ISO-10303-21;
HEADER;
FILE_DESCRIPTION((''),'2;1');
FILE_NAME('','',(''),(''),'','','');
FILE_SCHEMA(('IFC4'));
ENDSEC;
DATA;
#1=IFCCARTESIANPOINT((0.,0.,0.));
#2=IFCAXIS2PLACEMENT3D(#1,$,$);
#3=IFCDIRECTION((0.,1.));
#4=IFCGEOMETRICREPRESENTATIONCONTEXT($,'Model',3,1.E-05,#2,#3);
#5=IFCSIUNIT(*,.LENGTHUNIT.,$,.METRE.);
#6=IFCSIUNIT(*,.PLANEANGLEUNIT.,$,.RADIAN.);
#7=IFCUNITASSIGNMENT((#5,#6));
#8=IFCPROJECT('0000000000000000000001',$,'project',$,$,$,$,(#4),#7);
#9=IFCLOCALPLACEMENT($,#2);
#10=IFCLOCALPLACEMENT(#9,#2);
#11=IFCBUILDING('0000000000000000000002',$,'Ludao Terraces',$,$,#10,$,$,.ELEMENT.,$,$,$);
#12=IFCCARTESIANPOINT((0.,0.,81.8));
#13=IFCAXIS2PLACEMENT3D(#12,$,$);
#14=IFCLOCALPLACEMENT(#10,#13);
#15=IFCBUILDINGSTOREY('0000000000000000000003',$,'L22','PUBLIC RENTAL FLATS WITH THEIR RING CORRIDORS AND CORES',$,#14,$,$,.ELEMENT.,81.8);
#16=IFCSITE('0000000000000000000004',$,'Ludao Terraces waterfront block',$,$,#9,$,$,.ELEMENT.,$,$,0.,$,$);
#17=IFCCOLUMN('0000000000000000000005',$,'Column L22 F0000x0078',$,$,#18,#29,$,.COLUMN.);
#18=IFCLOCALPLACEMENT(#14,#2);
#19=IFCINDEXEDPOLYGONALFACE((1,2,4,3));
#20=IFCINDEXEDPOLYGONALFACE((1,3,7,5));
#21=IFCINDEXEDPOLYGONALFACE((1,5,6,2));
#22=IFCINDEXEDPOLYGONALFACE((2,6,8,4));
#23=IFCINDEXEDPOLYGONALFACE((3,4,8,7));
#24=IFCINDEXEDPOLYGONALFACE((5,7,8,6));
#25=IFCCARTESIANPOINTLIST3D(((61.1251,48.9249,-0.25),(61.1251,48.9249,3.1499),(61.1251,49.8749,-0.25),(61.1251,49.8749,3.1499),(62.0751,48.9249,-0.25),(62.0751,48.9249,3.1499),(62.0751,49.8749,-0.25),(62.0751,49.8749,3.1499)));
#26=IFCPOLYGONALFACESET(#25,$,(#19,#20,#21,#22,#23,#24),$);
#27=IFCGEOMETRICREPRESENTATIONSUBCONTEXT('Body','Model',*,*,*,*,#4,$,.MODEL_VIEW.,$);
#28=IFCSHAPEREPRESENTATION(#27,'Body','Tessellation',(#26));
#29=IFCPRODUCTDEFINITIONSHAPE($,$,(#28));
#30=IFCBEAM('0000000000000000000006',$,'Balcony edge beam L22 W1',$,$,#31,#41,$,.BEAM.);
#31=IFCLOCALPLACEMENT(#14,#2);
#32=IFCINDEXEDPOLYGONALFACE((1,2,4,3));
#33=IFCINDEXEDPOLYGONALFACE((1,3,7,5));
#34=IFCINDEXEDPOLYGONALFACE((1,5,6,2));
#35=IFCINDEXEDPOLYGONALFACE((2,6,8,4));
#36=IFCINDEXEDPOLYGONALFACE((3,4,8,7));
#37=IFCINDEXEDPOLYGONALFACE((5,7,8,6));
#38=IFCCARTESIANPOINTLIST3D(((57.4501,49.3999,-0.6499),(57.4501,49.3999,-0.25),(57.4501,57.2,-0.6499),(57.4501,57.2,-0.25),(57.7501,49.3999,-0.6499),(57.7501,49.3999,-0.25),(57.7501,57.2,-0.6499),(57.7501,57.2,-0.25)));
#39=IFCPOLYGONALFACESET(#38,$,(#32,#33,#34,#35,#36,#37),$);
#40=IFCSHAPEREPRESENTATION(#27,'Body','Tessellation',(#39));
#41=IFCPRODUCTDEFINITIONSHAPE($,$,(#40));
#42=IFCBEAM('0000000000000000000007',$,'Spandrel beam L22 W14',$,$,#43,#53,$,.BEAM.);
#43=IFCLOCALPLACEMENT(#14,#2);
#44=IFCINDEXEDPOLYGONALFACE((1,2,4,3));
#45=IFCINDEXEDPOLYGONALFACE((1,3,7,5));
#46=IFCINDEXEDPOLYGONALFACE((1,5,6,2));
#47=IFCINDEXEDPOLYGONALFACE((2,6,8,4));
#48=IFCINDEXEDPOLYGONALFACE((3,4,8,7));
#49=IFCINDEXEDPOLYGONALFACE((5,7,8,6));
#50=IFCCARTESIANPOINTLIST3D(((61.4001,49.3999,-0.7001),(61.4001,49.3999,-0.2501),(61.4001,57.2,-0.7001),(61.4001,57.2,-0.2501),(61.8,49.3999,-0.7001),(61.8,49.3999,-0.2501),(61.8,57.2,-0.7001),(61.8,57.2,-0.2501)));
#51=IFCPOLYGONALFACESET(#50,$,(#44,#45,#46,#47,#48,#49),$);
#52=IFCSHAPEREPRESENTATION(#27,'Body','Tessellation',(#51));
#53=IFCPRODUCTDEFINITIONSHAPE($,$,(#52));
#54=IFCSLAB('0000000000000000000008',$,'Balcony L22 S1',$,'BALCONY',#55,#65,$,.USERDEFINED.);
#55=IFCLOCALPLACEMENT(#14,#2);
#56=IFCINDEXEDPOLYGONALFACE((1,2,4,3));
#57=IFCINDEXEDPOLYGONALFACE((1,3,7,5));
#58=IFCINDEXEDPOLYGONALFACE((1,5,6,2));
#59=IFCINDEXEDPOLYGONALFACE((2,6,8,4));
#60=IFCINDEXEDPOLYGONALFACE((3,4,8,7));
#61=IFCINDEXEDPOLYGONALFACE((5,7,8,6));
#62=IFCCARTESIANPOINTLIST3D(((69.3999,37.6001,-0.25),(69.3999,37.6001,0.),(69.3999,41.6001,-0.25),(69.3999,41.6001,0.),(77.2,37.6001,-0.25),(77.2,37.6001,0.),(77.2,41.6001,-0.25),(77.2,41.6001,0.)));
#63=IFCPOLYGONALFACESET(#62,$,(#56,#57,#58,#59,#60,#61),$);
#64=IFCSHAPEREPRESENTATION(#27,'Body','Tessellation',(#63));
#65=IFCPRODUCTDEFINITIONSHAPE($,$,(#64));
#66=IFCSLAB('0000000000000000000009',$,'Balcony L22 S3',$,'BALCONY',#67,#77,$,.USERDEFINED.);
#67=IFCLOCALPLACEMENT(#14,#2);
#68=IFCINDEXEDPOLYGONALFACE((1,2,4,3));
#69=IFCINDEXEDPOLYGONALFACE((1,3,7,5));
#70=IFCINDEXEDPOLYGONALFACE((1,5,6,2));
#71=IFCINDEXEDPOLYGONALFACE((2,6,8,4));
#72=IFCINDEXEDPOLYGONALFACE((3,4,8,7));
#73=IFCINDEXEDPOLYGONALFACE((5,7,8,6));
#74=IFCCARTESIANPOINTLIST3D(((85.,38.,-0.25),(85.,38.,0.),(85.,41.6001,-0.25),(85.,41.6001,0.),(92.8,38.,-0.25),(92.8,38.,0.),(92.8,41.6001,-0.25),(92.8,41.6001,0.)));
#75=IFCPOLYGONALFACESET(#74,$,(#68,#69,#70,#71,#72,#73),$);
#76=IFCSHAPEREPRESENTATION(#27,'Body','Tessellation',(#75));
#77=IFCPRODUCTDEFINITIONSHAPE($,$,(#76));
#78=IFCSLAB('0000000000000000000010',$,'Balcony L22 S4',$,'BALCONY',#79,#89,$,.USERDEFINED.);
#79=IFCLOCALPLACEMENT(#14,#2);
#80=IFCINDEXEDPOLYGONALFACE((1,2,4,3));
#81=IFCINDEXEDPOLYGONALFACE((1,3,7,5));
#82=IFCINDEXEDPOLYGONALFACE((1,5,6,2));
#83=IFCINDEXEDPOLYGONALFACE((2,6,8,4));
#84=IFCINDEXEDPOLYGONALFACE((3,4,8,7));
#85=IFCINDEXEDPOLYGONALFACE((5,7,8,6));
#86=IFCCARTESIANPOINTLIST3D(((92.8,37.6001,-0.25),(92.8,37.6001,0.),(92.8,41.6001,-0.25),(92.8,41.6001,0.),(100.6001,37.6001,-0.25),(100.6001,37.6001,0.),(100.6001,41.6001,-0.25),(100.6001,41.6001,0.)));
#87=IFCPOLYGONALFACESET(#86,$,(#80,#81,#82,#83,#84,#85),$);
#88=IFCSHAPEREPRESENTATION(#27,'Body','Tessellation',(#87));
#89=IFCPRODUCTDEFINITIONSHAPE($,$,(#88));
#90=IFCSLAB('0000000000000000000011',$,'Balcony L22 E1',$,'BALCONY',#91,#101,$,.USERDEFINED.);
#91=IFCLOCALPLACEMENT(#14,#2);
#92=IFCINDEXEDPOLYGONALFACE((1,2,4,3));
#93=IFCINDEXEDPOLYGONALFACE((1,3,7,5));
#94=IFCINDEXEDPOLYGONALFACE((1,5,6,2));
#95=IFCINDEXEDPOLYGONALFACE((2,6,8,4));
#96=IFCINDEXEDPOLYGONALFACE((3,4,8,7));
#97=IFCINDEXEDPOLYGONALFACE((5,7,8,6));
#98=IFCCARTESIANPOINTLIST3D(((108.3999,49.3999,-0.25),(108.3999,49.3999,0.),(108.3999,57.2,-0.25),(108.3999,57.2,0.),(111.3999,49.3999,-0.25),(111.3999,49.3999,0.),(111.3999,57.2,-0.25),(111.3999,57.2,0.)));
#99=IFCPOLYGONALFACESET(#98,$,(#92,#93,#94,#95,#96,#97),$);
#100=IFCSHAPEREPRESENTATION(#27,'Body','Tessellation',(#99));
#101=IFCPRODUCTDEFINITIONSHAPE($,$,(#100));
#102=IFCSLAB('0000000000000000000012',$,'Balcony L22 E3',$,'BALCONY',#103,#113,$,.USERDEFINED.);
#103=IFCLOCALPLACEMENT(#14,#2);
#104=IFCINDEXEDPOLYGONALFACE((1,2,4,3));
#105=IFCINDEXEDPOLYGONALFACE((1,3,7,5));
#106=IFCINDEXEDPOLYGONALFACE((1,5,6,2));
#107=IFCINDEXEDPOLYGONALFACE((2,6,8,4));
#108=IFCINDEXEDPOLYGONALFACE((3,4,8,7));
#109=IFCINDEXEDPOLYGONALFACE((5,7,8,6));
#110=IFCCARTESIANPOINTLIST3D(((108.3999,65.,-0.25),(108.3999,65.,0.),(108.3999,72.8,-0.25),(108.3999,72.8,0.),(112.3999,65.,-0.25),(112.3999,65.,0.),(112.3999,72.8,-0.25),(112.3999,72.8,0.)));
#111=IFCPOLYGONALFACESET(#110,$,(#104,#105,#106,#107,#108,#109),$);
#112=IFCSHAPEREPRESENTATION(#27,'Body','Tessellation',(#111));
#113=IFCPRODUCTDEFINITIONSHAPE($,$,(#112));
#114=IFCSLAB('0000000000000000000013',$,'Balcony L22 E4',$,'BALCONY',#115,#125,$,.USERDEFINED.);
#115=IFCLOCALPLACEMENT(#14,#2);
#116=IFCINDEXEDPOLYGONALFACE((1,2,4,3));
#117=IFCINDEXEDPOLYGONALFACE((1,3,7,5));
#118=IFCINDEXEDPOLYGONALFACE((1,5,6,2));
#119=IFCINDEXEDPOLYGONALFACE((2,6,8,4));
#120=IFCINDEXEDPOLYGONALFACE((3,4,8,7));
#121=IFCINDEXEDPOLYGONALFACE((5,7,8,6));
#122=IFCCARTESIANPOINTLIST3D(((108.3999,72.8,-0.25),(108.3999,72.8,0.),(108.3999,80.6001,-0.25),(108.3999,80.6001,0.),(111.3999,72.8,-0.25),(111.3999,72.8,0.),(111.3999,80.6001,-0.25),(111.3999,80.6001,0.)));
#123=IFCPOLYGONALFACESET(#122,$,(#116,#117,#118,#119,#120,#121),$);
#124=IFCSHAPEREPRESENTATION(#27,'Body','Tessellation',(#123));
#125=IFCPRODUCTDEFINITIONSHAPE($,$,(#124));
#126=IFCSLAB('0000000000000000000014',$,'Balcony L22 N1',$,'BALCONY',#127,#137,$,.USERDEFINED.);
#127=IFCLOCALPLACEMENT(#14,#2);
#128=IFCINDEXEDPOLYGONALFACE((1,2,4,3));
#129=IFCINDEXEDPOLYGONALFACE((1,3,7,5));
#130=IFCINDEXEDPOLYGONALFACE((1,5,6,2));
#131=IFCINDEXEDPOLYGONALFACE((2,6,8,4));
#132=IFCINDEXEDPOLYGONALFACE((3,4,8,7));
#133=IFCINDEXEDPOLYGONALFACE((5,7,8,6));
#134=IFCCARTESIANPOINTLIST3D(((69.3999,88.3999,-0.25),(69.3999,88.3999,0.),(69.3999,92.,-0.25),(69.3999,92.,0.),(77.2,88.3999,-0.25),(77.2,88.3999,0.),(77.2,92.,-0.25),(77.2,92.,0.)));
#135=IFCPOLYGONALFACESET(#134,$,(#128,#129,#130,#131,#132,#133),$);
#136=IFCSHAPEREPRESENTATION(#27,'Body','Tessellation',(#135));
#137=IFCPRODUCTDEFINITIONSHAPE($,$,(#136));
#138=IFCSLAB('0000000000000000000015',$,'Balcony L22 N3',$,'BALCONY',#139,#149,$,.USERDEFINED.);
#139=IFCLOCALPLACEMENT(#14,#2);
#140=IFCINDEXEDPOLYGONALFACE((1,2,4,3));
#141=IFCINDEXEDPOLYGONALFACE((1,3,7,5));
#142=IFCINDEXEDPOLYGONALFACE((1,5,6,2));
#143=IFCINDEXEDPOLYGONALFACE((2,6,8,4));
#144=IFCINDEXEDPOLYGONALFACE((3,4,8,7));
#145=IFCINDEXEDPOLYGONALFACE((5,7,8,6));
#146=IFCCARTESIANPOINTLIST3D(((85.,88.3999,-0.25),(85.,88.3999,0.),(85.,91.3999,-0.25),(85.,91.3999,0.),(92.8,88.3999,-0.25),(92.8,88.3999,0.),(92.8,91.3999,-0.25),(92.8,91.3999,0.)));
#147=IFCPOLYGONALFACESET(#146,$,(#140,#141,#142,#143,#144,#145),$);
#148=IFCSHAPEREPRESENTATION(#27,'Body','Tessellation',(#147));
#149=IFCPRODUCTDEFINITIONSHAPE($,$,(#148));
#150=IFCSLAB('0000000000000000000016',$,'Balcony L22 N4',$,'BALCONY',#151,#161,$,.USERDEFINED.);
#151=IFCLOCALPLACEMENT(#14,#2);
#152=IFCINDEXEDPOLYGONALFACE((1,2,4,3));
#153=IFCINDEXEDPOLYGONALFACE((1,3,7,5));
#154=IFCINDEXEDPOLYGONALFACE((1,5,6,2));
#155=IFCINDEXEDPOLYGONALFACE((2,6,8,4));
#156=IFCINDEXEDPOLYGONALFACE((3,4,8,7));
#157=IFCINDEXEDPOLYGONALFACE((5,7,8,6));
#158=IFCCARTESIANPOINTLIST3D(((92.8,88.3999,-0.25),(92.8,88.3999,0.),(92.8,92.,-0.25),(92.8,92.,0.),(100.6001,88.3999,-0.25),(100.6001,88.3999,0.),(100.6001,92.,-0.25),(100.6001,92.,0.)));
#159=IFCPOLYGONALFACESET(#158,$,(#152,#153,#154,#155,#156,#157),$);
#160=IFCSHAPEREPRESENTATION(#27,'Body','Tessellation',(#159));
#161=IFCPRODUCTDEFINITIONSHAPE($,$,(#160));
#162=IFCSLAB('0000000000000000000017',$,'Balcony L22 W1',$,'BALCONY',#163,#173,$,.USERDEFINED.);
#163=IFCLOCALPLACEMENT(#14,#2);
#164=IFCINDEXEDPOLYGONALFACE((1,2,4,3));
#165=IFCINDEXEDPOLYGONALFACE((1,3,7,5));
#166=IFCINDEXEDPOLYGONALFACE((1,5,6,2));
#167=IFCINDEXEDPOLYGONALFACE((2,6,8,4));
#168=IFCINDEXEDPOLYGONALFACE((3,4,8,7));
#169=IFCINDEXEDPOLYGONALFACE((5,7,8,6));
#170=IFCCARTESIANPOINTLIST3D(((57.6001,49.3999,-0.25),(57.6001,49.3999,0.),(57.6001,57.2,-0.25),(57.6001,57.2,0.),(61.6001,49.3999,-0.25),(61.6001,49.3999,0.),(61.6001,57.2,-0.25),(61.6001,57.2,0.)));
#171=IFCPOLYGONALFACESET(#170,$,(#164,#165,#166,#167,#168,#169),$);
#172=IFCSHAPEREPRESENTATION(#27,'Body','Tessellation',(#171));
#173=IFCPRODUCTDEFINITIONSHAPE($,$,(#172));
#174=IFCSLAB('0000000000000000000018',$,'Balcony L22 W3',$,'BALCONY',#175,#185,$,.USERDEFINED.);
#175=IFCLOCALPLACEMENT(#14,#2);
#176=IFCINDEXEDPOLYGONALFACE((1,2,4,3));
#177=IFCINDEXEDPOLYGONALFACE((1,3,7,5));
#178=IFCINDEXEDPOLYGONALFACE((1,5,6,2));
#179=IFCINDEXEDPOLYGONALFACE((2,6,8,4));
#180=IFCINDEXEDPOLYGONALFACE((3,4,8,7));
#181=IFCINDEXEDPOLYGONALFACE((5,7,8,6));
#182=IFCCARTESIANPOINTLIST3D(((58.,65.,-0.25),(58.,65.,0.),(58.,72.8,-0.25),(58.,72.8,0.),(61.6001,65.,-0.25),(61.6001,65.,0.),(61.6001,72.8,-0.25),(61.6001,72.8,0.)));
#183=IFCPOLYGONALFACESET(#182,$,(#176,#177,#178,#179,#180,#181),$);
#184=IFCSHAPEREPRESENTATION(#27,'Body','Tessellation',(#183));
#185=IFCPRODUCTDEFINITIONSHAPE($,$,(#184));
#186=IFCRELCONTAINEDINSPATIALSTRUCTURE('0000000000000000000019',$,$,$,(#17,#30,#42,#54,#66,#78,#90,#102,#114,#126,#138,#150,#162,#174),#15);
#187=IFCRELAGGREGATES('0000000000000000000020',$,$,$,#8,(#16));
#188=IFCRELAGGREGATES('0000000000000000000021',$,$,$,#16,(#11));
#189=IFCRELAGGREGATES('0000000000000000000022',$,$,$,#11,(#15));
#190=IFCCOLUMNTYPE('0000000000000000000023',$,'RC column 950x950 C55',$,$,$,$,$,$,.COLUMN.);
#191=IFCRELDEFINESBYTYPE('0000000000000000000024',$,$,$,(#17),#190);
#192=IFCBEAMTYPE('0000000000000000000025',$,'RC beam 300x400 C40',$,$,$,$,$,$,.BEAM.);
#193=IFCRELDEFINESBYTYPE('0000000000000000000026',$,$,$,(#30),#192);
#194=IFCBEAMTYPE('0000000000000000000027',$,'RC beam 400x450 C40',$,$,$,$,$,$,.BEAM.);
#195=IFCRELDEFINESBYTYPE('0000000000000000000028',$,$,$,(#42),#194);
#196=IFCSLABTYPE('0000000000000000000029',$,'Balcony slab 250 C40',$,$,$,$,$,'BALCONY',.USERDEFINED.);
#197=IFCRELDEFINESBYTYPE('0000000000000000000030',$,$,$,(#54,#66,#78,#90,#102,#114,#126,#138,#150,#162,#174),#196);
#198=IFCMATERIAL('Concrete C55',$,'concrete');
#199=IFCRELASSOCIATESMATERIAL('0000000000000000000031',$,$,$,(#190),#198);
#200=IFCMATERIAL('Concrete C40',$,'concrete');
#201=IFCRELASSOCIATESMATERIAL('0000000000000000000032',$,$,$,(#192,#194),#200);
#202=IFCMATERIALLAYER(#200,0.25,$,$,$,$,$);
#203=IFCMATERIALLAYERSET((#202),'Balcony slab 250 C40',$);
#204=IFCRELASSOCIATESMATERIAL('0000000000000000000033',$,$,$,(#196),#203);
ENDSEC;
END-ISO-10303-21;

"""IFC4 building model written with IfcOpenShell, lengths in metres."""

from ifc_helpers import new_model, si_unit, direction, frame, origin, origin_2d, place, context, subcontext, project, spatial, polyline, rectangle, outline, extrude, material, layer, layer_set, material_profile, profile_set, type_object, element, save


model = new_model("IFC4")

# Units and contexts
model_context = context("Model", 3, precision=1e-05, world=origin(), true_north=direction((0.0, 1.0)))
body_context = subcontext(model_context, "Body", "Model", "MODEL_VIEW")
ifc_project = project(units=[si_unit("LENGTHUNIT", "METRE"), si_unit("PLANEANGLEUNIT", "RADIAN")], contexts=[model_context])

# Site, building, storey
site_placement = place(None, origin())
site = spatial("IfcSite", under=ifc_project, at=site_placement, Name="Ludao Terraces waterfront block", CompositionType="ELEMENT", RefElevation=0.0)
building_placement = place(site_placement, origin())
building = spatial("IfcBuilding", under=site, at=building_placement, Name="Ludao Terraces", CompositionType="ELEMENT")
storey_placement = place(building_placement, frame((0.0, 0.0, 81.8)))
storey = spatial("IfcBuildingStorey", under=building, at=storey_placement, Name="L22", Description="PUBLIC RENTAL FLATS WITH THEIR RING CORRIDORS AND CORES", CompositionType="ELEMENT", Elevation=81.8)

# Column
ifc_material_1 = material(Name="Concrete C55", Category="concrete")
ifc_material_profile_1 = material_profile(ifc_material_1, rectangle(XDim=0.95, YDim=0.95, at=origin_2d()), Name="950 X 950")
ifc_profile_set_1 = profile_set([ifc_material_profile_1], Name="Concrete C55")
column_type = type_object("IfcColumnType", Name="RC column 950x950 C55", PredefinedType="COLUMN", material=ifc_profile_set_1)
column_placement = place(storey_placement, frame((61.6001, 49.3999, -0.25), z_axis=(0.0, 0.0, 1.0), x_axis=(1.0, 0.0, 0.0)))
element("IfcColumn", 1, at=column_placement, inside=storey, type_object=column_type, Name="Column L22 F0000x0078", PredefinedType="COLUMN", context=body_context, shape_type="SweptSolid", body=[
    extrude(rectangle(XDim=0.95, YDim=0.95, at=origin_2d()), origin(), (0.0, 0.0, 1.0), 3.3999),
])

# Beams
ifc_material_2 = material(Name="Concrete C40", Category="concrete")
ifc_material_profile_2 = material_profile(ifc_material_2, rectangle(XDim=0.3, YDim=0.3999, at=origin_2d()), Name="300 X 400")
ifc_profile_set_2 = profile_set([ifc_material_profile_2], Name="Concrete C40")
beam_type_1 = type_object("IfcBeamType", Name="RC beam 300x400 C40", PredefinedType="BEAM", material=ifc_profile_set_2)
beam_1_placement = place(storey_placement, frame((57.6001, 49.3999, -0.45), z_axis=(0.0, 1.0, 0.0), x_axis=(-1.0, 0.0, 0.0)))
element("IfcBeam", 2, at=beam_1_placement, inside=storey, type_object=beam_type_1, Name="Balcony edge beam L22 W1", PredefinedType="BEAM", context=body_context, shape_type="SweptSolid", body=[
    extrude(rectangle(XDim=0.3, YDim=0.3999, at=origin_2d()), origin(), (0.0, 0.0, 1.0), 7.8),
])
ifc_material_profile_3 = material_profile(ifc_material_2, rectangle(XDim=0.3999, YDim=0.45, at=origin_2d()), Name="400 X 450")
ifc_profile_set_3 = profile_set([ifc_material_profile_3], Name="Concrete C40")
beam_type_2 = type_object("IfcBeamType", Name="RC beam 400x450 C40", PredefinedType="BEAM", material=ifc_profile_set_3)
beam_2_placement = place(storey_placement, frame((61.6001, 49.3999, -0.4751), z_axis=(0.0, 1.0, 0.0), x_axis=(-1.0, 0.0, 0.0)))
element("IfcBeam", 3, at=beam_2_placement, inside=storey, type_object=beam_type_2, Name="Spandrel beam L22 W14", PredefinedType="BEAM", context=body_context, shape_type="SweptSolid", body=[
    extrude(rectangle(XDim=0.3999, YDim=0.45, at=origin_2d()), origin(), (0.0, 0.0, 1.0), 7.8),
])

# Slabs
ifc_layer_1 = layer(ifc_material_2, 0.25)
ifc_layer_set_1 = layer_set([ifc_layer_1], Name="Balcony slab 250 C40")
slab_type_1 = type_object("IfcSlabType", Name="Balcony slab 250 C40", ElementType="BALCONY", PredefinedType="USERDEFINED", material=ifc_layer_set_1)
slab_1_placement = place(storey_placement, frame((0.0, 0.0, -0.25)))
element("IfcSlab", 4, at=slab_1_placement, inside=storey, type_object=slab_type_1, Name="Balcony L22 S1", ObjectType="BALCONY", PredefinedType="USERDEFINED", context=body_context, shape_type="SweptSolid", body=[
    extrude(outline(polyline([(69.3999, 37.6001), (77.2, 37.6001), (77.2, 41.6001), (69.3999, 41.6001), (69.3999, 37.6001)])), origin(), (0.0, 0.0, 1.0), 0.25),
])
slab_2_placement = place(storey_placement, frame((0.0, 0.0, -0.25)))
element("IfcSlab", 5, at=slab_2_placement, inside=storey, type_object=slab_type_1, Name="Balcony L22 S3", ObjectType="BALCONY", PredefinedType="USERDEFINED", context=body_context, shape_type="SweptSolid", body=[
    extrude(outline(polyline([(85.0, 38.0), (92.8, 38.0), (92.8, 41.6001), (85.0, 41.6001), (85.0, 38.0)])), origin(), (0.0, 0.0, 1.0), 0.25),
])
slab_3_placement = place(storey_placement, frame((0.0, 0.0, -0.25)))
element("IfcSlab", 6, at=slab_3_placement, inside=storey, type_object=slab_type_1, Name="Balcony L22 S4", ObjectType="BALCONY", PredefinedType="USERDEFINED", context=body_context, shape_type="SweptSolid", body=[
    extrude(outline(polyline([(92.8, 37.6001), (100.6001, 37.6001), (100.6001, 41.6001), (92.8, 41.6001), (92.8, 37.6001)])), origin(), (0.0, 0.0, 1.0), 0.25),
])
slab_4_placement = place(storey_placement, frame((0.0, 0.0, -0.25)))
element("IfcSlab", 7, at=slab_4_placement, inside=storey, type_object=slab_type_1, Name="Balcony L22 E1", ObjectType="BALCONY", PredefinedType="USERDEFINED", context=body_context, shape_type="SweptSolid", body=[
    extrude(outline(polyline([(108.3999, 49.3999), (111.3999, 49.3999), (111.3999, 57.2), (108.3999, 57.2), (108.3999, 49.3999)])), origin(), (0.0, 0.0, 1.0), 0.25),
])
slab_5_placement = place(storey_placement, frame((0.0, 0.0, -0.25)))
element("IfcSlab", 8, at=slab_5_placement, inside=storey, type_object=slab_type_1, Name="Balcony L22 E3", ObjectType="BALCONY", PredefinedType="USERDEFINED", context=body_context, shape_type="SweptSolid", body=[
    extrude(outline(polyline([(108.3999, 65.0), (112.3999, 65.0), (112.3999, 72.8), (108.3999, 72.8), (108.3999, 65.0)])), origin(), (0.0, 0.0, 1.0), 0.25),
])
slab_6_placement = place(storey_placement, frame((0.0, 0.0, -0.25)))
element("IfcSlab", 9, at=slab_6_placement, inside=storey, type_object=slab_type_1, Name="Balcony L22 E4", ObjectType="BALCONY", PredefinedType="USERDEFINED", context=body_context, shape_type="SweptSolid", body=[
    extrude(outline(polyline([(108.3999, 72.8), (111.3999, 72.8), (111.3999, 80.6001), (108.3999, 80.6001), (108.3999, 72.8)])), origin(), (0.0, 0.0, 1.0), 0.25),
])
slab_7_placement = place(storey_placement, frame((0.0, 0.0, -0.25)))
element("IfcSlab", 10, at=slab_7_placement, inside=storey, type_object=slab_type_1, Name="Balcony L22 N1", ObjectType="BALCONY", PredefinedType="USERDEFINED", context=body_context, shape_type="SweptSolid", body=[
    extrude(outline(polyline([(69.3999, 88.3999), (77.2, 88.3999), (77.2, 92.0), (69.3999, 92.0), (69.3999, 88.3999)])), origin(), (0.0, 0.0, 1.0), 0.25),
])
slab_8_placement = place(storey_placement, frame((0.0, 0.0, -0.25)))
element("IfcSlab", 11, at=slab_8_placement, inside=storey, type_object=slab_type_1, Name="Balcony L22 N3", ObjectType="BALCONY", PredefinedType="USERDEFINED", context=body_context, shape_type="SweptSolid", body=[
    extrude(outline(polyline([(85.0, 88.3999), (92.8, 88.3999), (92.8, 91.3999), (85.0, 91.3999), (85.0, 88.3999)])), origin(), (0.0, 0.0, 1.0), 0.25),
])
slab_9_placement = place(storey_placement, frame((0.0, 0.0, -0.25)))
element("IfcSlab", 12, at=slab_9_placement, inside=storey, type_object=slab_type_1, Name="Balcony L22 N4", ObjectType="BALCONY", PredefinedType="USERDEFINED", context=body_context, shape_type="SweptSolid", body=[
    extrude(outline(polyline([(92.8, 88.3999), (100.6001, 88.3999), (100.6001, 92.0), (92.8, 92.0), (92.8, 88.3999)])), origin(), (0.0, 0.0, 1.0), 0.25),
])
slab_10_placement = place(storey_placement, frame((0.0, 0.0, -0.25)))
element("IfcSlab", 13, at=slab_10_placement, inside=storey, type_object=slab_type_1, Name="Balcony L22 W1", ObjectType="BALCONY", PredefinedType="USERDEFINED", context=body_context, shape_type="SweptSolid", body=[
    extrude(outline(polyline([(57.6001, 49.3999), (61.6001, 49.3999), (61.6001, 57.2), (57.6001, 57.2), (57.6001, 49.3999)])), origin(), (0.0, 0.0, 1.0), 0.25),
])
slab_11_placement = place(storey_placement, frame((0.0, 0.0, -0.25)))
element("IfcSlab", 14, at=slab_11_placement, inside=storey, type_object=slab_type_1, Name="Balcony L22 W3", ObjectType="BALCONY", PredefinedType="USERDEFINED", context=body_context, shape_type="SweptSolid", body=[
    extrude(outline(polyline([(58.0, 65.0), (61.6001, 65.0), (61.6001, 72.8), (58.0, 72.8), (58.0, 65.0)])), origin(), (0.0, 0.0, 1.0), 0.25),
])

save(model, "model.ifc")
